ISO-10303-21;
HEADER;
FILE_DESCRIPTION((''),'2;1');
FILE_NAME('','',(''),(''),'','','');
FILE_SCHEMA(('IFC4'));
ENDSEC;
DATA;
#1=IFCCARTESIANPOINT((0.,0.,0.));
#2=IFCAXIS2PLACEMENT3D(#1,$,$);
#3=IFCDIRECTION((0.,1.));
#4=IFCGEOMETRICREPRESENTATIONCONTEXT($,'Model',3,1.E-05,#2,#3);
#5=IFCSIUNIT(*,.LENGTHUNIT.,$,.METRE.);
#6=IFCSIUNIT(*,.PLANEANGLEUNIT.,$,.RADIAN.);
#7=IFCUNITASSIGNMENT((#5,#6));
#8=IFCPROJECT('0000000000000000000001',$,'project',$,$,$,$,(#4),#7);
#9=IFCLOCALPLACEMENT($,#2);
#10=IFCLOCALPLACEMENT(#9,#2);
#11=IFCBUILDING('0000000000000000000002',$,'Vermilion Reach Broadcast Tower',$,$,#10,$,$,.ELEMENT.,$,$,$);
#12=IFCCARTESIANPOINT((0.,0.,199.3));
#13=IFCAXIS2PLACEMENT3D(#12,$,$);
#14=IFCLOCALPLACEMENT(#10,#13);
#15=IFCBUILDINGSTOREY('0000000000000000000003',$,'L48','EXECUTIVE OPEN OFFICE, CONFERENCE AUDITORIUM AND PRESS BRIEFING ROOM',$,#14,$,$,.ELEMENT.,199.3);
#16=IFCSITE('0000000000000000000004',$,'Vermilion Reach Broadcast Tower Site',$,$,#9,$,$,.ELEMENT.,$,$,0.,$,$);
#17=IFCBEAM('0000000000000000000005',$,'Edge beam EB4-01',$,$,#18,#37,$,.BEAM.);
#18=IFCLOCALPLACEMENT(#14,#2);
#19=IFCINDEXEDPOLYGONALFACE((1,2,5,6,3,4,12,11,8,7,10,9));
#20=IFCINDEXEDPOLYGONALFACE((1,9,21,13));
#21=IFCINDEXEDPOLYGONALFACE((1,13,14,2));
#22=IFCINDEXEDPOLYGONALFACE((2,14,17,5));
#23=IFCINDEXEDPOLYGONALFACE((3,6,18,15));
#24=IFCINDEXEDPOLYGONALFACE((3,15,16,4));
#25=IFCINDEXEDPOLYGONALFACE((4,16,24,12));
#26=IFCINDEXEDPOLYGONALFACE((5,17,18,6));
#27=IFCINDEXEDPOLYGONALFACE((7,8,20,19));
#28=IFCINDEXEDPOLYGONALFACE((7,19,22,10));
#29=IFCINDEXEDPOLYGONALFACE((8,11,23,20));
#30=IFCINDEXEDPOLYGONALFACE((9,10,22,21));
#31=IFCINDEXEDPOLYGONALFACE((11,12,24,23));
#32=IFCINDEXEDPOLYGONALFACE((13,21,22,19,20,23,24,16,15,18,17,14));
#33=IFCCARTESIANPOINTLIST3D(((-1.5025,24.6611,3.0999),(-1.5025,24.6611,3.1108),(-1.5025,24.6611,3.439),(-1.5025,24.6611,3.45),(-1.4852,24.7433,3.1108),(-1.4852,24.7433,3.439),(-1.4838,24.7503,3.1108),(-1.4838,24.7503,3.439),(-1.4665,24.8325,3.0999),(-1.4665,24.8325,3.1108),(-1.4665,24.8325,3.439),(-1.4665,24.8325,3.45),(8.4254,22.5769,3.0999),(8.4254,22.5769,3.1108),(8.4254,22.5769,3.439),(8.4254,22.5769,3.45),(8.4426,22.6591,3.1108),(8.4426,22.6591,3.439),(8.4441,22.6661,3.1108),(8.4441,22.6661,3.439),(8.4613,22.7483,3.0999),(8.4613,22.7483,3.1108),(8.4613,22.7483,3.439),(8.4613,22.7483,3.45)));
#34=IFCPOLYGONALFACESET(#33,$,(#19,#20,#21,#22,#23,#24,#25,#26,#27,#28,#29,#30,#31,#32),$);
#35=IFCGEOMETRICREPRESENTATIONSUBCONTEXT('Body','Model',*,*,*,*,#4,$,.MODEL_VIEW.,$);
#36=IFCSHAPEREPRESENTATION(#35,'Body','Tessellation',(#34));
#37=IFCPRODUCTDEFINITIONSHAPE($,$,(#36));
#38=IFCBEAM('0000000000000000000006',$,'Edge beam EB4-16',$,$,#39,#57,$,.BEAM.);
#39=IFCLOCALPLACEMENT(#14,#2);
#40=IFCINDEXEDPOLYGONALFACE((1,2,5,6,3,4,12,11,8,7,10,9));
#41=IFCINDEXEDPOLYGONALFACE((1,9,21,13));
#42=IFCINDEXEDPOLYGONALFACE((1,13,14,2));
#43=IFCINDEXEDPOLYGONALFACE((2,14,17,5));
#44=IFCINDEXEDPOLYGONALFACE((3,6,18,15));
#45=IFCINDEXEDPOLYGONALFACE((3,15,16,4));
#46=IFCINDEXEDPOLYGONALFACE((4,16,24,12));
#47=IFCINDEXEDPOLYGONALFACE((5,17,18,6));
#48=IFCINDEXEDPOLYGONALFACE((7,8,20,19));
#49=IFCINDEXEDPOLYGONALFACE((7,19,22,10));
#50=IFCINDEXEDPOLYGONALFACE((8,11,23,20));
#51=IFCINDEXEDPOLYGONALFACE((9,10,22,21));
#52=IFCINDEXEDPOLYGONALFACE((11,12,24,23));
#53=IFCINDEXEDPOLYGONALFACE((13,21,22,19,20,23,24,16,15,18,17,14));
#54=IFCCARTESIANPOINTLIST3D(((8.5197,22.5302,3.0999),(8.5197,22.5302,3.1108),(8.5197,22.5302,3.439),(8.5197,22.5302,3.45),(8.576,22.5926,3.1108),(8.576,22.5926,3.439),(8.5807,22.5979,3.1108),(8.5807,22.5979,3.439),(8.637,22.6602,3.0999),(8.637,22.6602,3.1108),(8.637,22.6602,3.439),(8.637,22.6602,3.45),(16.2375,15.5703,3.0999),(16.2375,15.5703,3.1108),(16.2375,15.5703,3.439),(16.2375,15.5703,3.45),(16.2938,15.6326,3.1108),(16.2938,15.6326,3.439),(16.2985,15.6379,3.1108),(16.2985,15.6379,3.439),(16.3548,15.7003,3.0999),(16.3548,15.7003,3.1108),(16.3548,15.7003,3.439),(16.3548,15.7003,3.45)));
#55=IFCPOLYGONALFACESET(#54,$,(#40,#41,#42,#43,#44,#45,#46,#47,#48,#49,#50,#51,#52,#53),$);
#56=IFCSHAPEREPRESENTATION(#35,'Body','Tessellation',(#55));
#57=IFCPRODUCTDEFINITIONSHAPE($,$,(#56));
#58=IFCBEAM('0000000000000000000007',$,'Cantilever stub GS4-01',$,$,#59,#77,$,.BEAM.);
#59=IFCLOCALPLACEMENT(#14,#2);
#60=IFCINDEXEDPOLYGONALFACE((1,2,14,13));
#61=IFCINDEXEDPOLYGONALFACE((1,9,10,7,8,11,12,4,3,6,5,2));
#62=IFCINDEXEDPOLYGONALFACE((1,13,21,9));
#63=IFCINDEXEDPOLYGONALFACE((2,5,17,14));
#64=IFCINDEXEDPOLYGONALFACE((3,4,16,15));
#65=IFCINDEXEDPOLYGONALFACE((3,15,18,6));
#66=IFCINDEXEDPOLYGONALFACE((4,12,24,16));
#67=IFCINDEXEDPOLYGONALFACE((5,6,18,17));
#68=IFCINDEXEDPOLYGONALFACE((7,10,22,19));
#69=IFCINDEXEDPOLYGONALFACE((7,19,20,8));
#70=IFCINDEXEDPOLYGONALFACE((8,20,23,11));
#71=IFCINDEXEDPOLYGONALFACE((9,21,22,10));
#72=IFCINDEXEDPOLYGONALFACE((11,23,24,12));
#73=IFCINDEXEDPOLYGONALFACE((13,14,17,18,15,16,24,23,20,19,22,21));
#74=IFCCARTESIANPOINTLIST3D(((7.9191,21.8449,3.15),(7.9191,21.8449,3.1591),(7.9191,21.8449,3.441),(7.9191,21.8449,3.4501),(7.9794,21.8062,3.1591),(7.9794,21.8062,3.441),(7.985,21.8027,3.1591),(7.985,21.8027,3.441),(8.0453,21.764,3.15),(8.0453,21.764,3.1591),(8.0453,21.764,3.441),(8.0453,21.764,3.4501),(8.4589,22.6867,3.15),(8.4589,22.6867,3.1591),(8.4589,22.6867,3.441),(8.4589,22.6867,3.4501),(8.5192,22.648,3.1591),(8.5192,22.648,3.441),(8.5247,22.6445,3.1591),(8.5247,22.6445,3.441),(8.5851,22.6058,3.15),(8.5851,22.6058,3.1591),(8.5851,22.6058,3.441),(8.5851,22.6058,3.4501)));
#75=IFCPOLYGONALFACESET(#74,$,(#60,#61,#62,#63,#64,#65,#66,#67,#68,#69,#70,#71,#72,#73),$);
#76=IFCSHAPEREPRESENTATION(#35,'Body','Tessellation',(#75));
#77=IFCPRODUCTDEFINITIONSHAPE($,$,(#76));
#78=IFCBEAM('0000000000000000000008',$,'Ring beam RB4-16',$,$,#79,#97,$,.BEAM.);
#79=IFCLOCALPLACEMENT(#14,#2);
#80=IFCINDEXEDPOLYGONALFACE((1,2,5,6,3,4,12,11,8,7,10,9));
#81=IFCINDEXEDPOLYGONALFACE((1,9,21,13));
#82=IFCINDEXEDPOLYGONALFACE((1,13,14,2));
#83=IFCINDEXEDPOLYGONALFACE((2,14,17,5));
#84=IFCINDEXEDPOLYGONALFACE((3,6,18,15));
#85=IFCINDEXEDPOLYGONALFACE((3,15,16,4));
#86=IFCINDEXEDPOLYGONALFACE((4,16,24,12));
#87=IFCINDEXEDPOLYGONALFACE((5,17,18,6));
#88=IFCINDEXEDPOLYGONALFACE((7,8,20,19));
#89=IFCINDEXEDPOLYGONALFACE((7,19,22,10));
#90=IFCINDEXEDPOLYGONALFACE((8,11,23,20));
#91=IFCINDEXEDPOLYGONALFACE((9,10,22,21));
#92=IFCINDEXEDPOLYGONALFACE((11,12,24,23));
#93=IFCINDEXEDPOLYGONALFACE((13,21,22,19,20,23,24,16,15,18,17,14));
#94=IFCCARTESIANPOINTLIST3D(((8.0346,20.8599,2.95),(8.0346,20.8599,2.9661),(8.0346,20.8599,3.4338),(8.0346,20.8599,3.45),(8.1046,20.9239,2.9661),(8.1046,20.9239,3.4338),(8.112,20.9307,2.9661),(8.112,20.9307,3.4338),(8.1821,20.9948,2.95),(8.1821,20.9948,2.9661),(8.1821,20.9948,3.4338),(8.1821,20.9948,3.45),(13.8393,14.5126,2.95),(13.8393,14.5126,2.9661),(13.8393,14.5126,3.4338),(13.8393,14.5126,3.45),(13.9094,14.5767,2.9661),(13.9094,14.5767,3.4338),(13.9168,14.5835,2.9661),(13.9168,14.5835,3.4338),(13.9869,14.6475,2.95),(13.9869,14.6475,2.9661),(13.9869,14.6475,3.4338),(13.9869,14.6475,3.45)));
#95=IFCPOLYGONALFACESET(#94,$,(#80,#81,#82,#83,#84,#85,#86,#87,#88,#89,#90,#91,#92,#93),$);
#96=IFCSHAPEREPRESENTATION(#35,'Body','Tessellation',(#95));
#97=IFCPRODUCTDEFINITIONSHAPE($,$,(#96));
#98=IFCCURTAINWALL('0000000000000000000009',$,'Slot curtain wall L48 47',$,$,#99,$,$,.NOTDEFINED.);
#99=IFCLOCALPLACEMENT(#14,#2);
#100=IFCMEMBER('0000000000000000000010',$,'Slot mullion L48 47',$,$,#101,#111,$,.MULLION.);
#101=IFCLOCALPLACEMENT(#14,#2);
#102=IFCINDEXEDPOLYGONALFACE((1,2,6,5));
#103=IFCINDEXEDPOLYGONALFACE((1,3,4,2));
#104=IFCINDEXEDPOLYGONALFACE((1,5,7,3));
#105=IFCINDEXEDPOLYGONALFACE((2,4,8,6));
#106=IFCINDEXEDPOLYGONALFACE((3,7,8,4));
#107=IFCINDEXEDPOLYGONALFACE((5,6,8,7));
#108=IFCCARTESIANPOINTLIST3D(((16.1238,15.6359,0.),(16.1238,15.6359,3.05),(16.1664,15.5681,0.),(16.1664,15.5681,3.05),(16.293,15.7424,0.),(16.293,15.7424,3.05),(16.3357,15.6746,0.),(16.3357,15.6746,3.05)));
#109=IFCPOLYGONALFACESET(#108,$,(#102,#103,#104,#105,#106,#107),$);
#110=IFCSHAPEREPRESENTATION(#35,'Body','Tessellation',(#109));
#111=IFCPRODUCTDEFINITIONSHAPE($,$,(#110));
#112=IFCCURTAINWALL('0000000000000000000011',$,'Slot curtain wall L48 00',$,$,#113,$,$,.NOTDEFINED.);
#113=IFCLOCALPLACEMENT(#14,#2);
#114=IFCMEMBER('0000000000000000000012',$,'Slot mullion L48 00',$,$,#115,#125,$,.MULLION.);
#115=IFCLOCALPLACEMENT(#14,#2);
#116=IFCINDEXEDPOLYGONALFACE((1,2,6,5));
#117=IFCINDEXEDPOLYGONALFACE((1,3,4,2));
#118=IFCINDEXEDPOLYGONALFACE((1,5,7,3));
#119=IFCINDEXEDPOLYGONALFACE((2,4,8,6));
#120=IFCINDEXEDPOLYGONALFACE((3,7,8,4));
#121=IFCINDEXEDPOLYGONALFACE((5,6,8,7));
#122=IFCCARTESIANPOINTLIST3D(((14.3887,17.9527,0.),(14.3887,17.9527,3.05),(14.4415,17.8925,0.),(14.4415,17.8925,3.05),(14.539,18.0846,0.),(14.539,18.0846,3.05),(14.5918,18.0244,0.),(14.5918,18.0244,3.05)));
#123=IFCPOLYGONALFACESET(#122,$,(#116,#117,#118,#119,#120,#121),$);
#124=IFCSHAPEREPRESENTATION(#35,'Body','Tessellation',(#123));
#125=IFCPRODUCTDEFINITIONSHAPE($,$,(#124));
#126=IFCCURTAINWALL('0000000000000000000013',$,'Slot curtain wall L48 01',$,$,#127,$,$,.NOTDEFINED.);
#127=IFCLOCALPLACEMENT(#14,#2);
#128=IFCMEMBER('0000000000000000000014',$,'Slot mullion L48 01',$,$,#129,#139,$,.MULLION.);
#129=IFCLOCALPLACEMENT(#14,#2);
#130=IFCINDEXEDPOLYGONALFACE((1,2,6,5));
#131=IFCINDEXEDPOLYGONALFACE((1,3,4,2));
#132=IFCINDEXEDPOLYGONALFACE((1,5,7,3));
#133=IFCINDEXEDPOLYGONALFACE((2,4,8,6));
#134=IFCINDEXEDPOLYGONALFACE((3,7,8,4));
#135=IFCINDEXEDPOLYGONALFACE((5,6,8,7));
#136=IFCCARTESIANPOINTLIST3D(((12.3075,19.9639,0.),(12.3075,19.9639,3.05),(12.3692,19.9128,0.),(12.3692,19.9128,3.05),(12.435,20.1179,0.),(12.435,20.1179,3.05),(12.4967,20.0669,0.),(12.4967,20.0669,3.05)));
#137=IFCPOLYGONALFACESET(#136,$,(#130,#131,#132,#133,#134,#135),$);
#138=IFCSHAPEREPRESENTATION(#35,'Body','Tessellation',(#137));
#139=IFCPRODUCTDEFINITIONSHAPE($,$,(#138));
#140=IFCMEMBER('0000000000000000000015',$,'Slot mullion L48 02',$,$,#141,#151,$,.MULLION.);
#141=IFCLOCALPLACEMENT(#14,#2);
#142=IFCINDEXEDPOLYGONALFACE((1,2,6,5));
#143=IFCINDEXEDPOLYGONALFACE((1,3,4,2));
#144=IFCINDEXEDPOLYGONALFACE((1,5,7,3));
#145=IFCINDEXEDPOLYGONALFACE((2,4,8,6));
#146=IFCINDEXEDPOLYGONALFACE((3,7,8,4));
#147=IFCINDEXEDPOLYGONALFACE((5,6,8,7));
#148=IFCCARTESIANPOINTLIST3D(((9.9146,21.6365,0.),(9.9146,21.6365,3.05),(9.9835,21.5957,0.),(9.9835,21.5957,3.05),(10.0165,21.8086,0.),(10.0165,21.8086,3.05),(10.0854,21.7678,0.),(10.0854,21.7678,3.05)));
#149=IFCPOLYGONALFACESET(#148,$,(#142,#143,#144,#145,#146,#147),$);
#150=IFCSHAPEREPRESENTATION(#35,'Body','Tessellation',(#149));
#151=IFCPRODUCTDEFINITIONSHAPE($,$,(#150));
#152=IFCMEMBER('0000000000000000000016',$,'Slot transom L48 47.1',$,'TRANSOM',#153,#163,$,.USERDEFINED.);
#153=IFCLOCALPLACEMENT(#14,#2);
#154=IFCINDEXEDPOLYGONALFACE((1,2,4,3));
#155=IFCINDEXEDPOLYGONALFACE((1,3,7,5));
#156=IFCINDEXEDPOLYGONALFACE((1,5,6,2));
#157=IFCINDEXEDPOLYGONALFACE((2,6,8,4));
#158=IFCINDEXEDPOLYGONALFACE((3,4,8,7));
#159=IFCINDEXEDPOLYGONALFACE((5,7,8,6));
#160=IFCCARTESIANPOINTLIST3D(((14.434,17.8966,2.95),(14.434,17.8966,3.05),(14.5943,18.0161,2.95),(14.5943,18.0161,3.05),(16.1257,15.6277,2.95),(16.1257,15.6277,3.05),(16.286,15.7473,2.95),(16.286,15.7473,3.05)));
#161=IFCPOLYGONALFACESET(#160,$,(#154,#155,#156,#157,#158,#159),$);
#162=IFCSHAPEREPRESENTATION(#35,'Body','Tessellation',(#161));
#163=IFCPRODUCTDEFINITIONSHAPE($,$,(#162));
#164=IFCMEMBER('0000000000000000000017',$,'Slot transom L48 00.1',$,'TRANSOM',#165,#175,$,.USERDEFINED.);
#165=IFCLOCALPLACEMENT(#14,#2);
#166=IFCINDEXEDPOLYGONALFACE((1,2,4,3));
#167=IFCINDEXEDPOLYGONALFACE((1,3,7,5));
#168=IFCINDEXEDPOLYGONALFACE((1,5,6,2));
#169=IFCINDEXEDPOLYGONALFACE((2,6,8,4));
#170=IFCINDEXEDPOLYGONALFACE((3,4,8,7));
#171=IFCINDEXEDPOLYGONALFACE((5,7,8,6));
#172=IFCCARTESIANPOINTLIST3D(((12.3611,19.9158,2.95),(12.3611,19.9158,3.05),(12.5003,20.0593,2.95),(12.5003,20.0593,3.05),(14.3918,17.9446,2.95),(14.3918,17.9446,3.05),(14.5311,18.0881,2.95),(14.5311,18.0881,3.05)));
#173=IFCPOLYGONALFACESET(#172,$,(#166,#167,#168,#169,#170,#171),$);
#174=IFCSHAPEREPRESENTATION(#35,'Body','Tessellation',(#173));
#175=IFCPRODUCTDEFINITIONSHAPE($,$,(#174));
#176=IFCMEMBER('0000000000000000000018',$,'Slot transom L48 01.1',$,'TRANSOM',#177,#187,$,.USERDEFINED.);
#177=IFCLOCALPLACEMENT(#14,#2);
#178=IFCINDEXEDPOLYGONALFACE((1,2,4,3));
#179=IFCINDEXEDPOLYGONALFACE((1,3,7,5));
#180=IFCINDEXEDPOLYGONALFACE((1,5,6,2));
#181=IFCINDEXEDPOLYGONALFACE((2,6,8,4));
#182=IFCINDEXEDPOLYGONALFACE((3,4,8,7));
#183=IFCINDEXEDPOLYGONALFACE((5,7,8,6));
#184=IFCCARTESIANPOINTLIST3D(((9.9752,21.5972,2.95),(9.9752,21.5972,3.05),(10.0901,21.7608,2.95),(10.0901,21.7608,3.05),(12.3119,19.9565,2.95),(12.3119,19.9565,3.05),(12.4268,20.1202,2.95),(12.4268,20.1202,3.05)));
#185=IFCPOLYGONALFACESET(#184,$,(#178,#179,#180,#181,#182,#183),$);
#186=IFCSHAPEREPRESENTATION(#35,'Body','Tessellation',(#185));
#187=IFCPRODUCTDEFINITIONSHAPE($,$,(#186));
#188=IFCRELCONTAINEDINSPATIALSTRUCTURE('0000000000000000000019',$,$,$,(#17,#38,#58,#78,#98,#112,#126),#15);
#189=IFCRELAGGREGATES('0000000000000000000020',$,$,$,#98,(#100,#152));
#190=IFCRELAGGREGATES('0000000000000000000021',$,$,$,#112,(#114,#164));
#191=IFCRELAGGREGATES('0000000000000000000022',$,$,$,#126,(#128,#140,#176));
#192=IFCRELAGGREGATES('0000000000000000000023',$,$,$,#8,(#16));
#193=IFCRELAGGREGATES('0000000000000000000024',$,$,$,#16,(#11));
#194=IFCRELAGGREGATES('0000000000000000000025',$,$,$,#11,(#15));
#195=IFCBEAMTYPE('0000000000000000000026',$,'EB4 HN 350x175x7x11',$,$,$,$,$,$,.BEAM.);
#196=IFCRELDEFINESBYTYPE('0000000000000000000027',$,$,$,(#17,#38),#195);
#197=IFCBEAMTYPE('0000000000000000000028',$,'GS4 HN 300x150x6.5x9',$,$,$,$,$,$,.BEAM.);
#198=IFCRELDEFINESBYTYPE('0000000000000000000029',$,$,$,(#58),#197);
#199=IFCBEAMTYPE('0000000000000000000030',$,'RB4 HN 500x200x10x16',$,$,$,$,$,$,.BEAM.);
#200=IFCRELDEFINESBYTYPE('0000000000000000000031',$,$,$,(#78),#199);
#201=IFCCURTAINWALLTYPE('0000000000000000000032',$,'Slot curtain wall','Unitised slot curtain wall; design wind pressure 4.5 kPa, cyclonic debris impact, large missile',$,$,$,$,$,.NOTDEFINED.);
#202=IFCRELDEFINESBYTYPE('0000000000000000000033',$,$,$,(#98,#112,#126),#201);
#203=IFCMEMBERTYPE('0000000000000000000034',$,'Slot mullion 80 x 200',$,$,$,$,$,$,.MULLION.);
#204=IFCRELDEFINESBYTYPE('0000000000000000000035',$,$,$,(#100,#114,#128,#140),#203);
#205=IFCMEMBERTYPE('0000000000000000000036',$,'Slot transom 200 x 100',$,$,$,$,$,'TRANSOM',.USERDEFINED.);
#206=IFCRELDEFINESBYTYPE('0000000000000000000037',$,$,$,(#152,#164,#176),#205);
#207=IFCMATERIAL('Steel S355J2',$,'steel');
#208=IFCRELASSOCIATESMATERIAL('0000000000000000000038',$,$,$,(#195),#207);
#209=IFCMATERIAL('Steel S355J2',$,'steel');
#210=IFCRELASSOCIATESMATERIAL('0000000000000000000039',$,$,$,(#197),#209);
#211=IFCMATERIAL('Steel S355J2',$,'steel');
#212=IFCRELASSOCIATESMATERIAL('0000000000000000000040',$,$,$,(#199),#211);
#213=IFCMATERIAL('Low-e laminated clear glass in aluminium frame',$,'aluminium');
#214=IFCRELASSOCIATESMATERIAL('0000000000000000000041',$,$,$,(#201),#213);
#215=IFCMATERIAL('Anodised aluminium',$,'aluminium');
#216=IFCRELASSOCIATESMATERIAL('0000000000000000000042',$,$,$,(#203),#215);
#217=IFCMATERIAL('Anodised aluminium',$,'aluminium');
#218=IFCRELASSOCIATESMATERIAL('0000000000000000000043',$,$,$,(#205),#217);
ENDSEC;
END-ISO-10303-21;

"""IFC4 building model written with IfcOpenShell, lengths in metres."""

from ifc_helpers import new_model, si_unit, direction, frame, origin, origin_2d, place, context, subcontext, project, spatial, rectangle, i_section, extrude, material, material_profile, profile_set, type_object, element, aggregate, save


model = new_model("IFC4")

# Units and contexts
model_context = context("Model", 3, precision=1e-05, world=origin(), true_north=direction((0.0, 1.0)))
body_context = subcontext(model_context, "Body", "Model", "MODEL_VIEW")
ifc_project = project(units=[si_unit("LENGTHUNIT", "METRE"), si_unit("PLANEANGLEUNIT", "RADIAN")], contexts=[model_context])

# Site, building, storey
site_placement = place(None, origin())
site = spatial("IfcSite", under=ifc_project, at=site_placement, Name="Vermilion Reach Broadcast Tower Site", CompositionType="ELEMENT", RefElevation=0.0)
building_placement = place(site_placement, origin())
building = spatial("IfcBuilding", under=site, at=building_placement, Name="Vermilion Reach Broadcast Tower", CompositionType="ELEMENT")
storey_placement = place(building_placement, frame((0.0, 0.0, 199.3)))
storey = spatial("IfcBuildingStorey", under=building, at=storey_placement, Name="L48", Description="EXECUTIVE OPEN OFFICE, CONFERENCE AUDITORIUM AND PRESS BRIEFING ROOM", CompositionType="ELEMENT", Elevation=199.3)

# Beams
ifc_material_1 = material(Name="Steel S355J2", Category="steel")
ifc_material_profile_1 = material_profile(ifc_material_1, i_section(OverallWidth=0.175, OverallDepth=0.3501, WebThickness=0.0071, FlangeThickness=0.011, at=origin_2d()), Name="S355J2 HN 350x175x7x11")
ifc_profile_set_1 = profile_set([ifc_material_profile_1], Name="Steel S355J2")
beam_type_1 = type_object("IfcBeamType", Name="EB4 HN 350x175x7x11", PredefinedType="BEAM", material=ifc_profile_set_1)
beam_1_placement = place(storey_placement, frame((8.4434, 22.6626, 3.2749), z_axis=(-0.978666, 0.205456, 0.0), x_axis=(-0.205456, -0.978666, 0.0)))
element("IfcBeam", 1, at=beam_1_placement, inside=storey, type_object=beam_type_1, Name="Edge beam EB4-01", PredefinedType="BEAM", context=body_context, shape_type="SweptSolid", body=[
    extrude(i_section(OverallWidth=0.175, OverallDepth=0.3501, WebThickness=0.0071, FlangeThickness=0.011, at=origin_2d()), origin(), (0.0, 0.0, 1.0), 10.1443),
])
beam_2_placement = place(storey_placement, frame((16.2961, 15.6353, 3.2749), z_axis=(-0.742626, 0.669707, 0.0), x_axis=(-0.669707, -0.742626, 0.0)))
element("IfcBeam", 2, at=beam_2_placement, inside=storey, type_object=beam_type_1, Name="Edge beam EB4-16", PredefinedType="BEAM", context=body_context, shape_type="SweptSolid", body=[
    extrude(i_section(OverallWidth=0.175, OverallDepth=0.3501, WebThickness=0.0071, FlangeThickness=0.011, at=origin_2d()), origin(), (0.0, 0.0, 1.0), 10.3926),
])
ifc_material_2 = material(Name="Steel S355J2", Category="steel")
ifc_material_profile_2 = material_profile(ifc_material_2, i_section(OverallWidth=0.1499, OverallDepth=0.3, WebThickness=0.0066, FlangeThickness=0.009, at=origin_2d()), Name="S355J2 HN 300x150x6.5x9")
ifc_profile_set_2 = profile_set([ifc_material_profile_2], Name="Steel S355J2")
beam_type_2 = type_object("IfcBeamType", Name="GS4 HN 300x150x6.5x9", PredefinedType="BEAM", material=ifc_profile_set_2)
beam_3_placement = place(storey_placement, frame((7.9822, 21.8044, 3.3), z_axis=(0.539795, 0.841797, 0.0), x_axis=(-0.841797, 0.539795, 0.0)))
element("IfcBeam", 3, at=beam_3_placement, inside=storey, type_object=beam_type_2, Name="Cantilever stub GS4-01", PredefinedType="BEAM", context=body_context, shape_type="SweptSolid", body=[
    extrude(i_section(OverallWidth=0.1499, OverallDepth=0.3, WebThickness=0.0066, FlangeThickness=0.009, at=origin_2d()), origin(), (0.0, 0.0, 1.0), 1.0),
])
ifc_material_3 = material(Name="Steel S355J2", Category="steel")
ifc_material_profile_3 = material_profile(ifc_material_3, i_section(OverallWidth=0.2, OverallDepth=0.5, WebThickness=0.01, FlangeThickness=0.0161, at=origin_2d()), Name="S355J2 HN 500x200x10x16")
ifc_profile_set_3 = profile_set([ifc_material_profile_3], Name="Steel S355J2")
beam_type_3 = type_object("IfcBeamType", Name="RB4 HN 500x200x10x16", PredefinedType="BEAM", material=ifc_profile_set_3)
beam_4_placement = place(storey_placement, frame((13.9131, 14.5801, 3.2), z_axis=(-0.674868, 0.737938, 0.0), x_axis=(-0.737938, -0.674868, 0.0)))
element("IfcBeam", 4, at=beam_4_placement, inside=storey, type_object=beam_type_3, Name="Ring beam RB4-16", PredefinedType="BEAM", context=body_context, shape_type="SweptSolid", body=[
    extrude(i_section(OverallWidth=0.2, OverallDepth=0.5, WebThickness=0.01, FlangeThickness=0.0161, at=origin_2d()), origin(), (0.0, 0.0, 1.0), 8.6013),
])

# Curtain walls, members
ifc_material_4 = material(Name="Low-e laminated clear glass in aluminium frame", Category="aluminium")
curtain_wall_type = type_object("IfcCurtainWallType", Name="Slot curtain wall", Description="Unitised slot curtain wall; design wind pressure 4.5 kPa, cyclonic debris impact, large missile", PredefinedType="NOTDEFINED", material=ifc_material_4)
placement = place(storey_placement, origin())
curtain_wall_1 = element("IfcCurtainWall", 5, at=placement, inside=storey, type_object=curtain_wall_type, Name="Slot curtain wall L48 47", PredefinedType="NOTDEFINED")
ifc_material_5 = material(Name="Anodised aluminium", Category="aluminium")
ifc_material_profile_4 = material_profile(ifc_material_5, rectangle(XDim=0.2, YDim=0.0801, at=origin_2d()), Name="Slot mullion 80 x 200")
ifc_profile_set_4 = profile_set([ifc_material_profile_4], Name="Anodised aluminium")
member_type_1 = type_object("IfcMemberType", Name="Slot mullion 80 x 200", PredefinedType="MULLION", material=ifc_profile_set_4)
member_1_placement = place(storey_placement, frame((16.2297, 15.6553, 0.0), z_axis=(0.0, 0.0, 1.0), x_axis=(-0.846462, -0.53245, 0.0)))
member_1 = element("IfcMember", 6, at=member_1_placement, type_object=member_type_1, Name="Slot mullion L48 47", PredefinedType="MULLION", context=body_context, shape_type="SweptSolid", body=[
    extrude(rectangle(XDim=0.2, YDim=0.0801, at=origin_2d()), origin(), (0.0, 0.0, 1.0), 3.05),
])
curtain_wall_2 = element("IfcCurtainWall", 7, at=placement, inside=storey, type_object=curtain_wall_type, Name="Slot curtain wall L48 00", PredefinedType="NOTDEFINED")
member_2_placement = place(storey_placement, frame((14.4902, 17.9885, 0.0), z_axis=(0.0, 0.0, 1.0), x_axis=(-0.751494, -0.659739, 0.0)))
member_2 = element("IfcMember", 8, at=member_2_placement, type_object=member_type_1, Name="Slot mullion L48 00", PredefinedType="MULLION", context=body_context, shape_type="SweptSolid", body=[
    extrude(rectangle(XDim=0.2, YDim=0.0801, at=origin_2d()), origin(), (0.0, 0.0, 1.0), 3.05),
])

# Curtain wall, members
curtain_wall_3 = element("IfcCurtainWall", 9, at=placement, inside=storey, type_object=curtain_wall_type, Name="Slot curtain wall L48 01", PredefinedType="NOTDEFINED")
member_3_placement = place(storey_placement, frame((12.4021, 20.0154, 0.0), z_axis=(0.0, 0.0, 1.0), x_axis=(-0.637573, -0.77039, 0.0)))
member_3 = element("IfcMember", 10, at=member_3_placement, type_object=member_type_1, Name="Slot mullion L48 01", PredefinedType="MULLION", context=body_context, shape_type="SweptSolid", body=[
    extrude(rectangle(XDim=0.2, YDim=0.0801, at=origin_2d()), origin(), (0.0, 0.0, 1.0), 3.05),
])
member_4_placement = place(storey_placement, frame((10.0, 21.7021, 0.0), z_axis=(0.0, 0.0, 1.0), x_axis=(-0.509741, -0.860328, 0.0)))
member_4 = element("IfcMember", 11, at=member_4_placement, type_object=member_type_1, Name="Slot mullion L48 02", PredefinedType="MULLION", context=body_context, shape_type="SweptSolid", body=[
    extrude(rectangle(XDim=0.2, YDim=0.0801, at=origin_2d()), origin(), (0.0, 0.0, 1.0), 3.05),
])

# Members
ifc_material_6 = material(Name="Anodised aluminium", Category="aluminium")
ifc_material_profile_5 = material_profile(ifc_material_6, rectangle(XDim=0.2, YDim=0.1001, at=origin_2d()), Name="Slot transom 200 x 100")
ifc_profile_set_5 = profile_set([ifc_material_profile_5], Name="Anodised aluminium")
member_type_2 = type_object("IfcMemberType", Name="Slot transom 200 x 100", ElementType="TRANSOM", PredefinedType="USERDEFINED", material=ifc_profile_set_5)
member_5_placement = place(storey_placement, frame((16.2058, 15.6875, 3.0), z_axis=(-0.597748, 0.801684, 0.0), x_axis=(-0.801684, -0.597748, 0.0)))
member_5 = element("IfcMember", 12, at=member_5_placement, type_object=member_type_2, Name="Slot transom L48 47.1", ObjectType="TRANSOM", PredefinedType="USERDEFINED", context=body_context, shape_type="SweptSolid", body=[
    extrude(rectangle(XDim=0.2, YDim=0.1001, at=origin_2d()), origin(), (0.0, 0.0, 1.0), 2.8301),
])
member_6_placement = place(storey_placement, frame((14.4614, 18.0164, 3.0), z_axis=(-0.717553, 0.696504, 0.0), x_axis=(-0.696504, -0.717553, 0.0)))
member_6 = element("IfcMember", 13, at=member_6_placement, type_object=member_type_2, Name="Slot transom L48 00.1", ObjectType="TRANSOM", PredefinedType="USERDEFINED", context=body_context, shape_type="SweptSolid", body=[
    extrude(rectangle(XDim=0.2, YDim=0.1001, at=origin_2d()), origin(), (0.0, 0.0, 1.0), 2.8301),
])
member_7_placement = place(storey_placement, frame((12.3694, 20.0383, 3.0), z_axis=(-0.818416, 0.574627, 0.0), x_axis=(-0.574627, -0.818416, 0.0)))
member_7 = element("IfcMember", 14, at=member_7_placement, type_object=member_type_2, Name="Slot transom L48 01.1", ObjectType="TRANSOM", PredefinedType="USERDEFINED", context=body_context, shape_type="SweptSolid", body=[
    extrude(rectangle(XDim=0.2, YDim=0.1001, at=origin_2d()), origin(), (0.0, 0.0, 1.0), 2.8552),
])

aggregate(curtain_wall_1, [member_1, member_5])
aggregate(curtain_wall_2, [member_2, member_6])
aggregate(curtain_wall_3, [member_3, member_4, member_7])

save(model, "model.ifc")
